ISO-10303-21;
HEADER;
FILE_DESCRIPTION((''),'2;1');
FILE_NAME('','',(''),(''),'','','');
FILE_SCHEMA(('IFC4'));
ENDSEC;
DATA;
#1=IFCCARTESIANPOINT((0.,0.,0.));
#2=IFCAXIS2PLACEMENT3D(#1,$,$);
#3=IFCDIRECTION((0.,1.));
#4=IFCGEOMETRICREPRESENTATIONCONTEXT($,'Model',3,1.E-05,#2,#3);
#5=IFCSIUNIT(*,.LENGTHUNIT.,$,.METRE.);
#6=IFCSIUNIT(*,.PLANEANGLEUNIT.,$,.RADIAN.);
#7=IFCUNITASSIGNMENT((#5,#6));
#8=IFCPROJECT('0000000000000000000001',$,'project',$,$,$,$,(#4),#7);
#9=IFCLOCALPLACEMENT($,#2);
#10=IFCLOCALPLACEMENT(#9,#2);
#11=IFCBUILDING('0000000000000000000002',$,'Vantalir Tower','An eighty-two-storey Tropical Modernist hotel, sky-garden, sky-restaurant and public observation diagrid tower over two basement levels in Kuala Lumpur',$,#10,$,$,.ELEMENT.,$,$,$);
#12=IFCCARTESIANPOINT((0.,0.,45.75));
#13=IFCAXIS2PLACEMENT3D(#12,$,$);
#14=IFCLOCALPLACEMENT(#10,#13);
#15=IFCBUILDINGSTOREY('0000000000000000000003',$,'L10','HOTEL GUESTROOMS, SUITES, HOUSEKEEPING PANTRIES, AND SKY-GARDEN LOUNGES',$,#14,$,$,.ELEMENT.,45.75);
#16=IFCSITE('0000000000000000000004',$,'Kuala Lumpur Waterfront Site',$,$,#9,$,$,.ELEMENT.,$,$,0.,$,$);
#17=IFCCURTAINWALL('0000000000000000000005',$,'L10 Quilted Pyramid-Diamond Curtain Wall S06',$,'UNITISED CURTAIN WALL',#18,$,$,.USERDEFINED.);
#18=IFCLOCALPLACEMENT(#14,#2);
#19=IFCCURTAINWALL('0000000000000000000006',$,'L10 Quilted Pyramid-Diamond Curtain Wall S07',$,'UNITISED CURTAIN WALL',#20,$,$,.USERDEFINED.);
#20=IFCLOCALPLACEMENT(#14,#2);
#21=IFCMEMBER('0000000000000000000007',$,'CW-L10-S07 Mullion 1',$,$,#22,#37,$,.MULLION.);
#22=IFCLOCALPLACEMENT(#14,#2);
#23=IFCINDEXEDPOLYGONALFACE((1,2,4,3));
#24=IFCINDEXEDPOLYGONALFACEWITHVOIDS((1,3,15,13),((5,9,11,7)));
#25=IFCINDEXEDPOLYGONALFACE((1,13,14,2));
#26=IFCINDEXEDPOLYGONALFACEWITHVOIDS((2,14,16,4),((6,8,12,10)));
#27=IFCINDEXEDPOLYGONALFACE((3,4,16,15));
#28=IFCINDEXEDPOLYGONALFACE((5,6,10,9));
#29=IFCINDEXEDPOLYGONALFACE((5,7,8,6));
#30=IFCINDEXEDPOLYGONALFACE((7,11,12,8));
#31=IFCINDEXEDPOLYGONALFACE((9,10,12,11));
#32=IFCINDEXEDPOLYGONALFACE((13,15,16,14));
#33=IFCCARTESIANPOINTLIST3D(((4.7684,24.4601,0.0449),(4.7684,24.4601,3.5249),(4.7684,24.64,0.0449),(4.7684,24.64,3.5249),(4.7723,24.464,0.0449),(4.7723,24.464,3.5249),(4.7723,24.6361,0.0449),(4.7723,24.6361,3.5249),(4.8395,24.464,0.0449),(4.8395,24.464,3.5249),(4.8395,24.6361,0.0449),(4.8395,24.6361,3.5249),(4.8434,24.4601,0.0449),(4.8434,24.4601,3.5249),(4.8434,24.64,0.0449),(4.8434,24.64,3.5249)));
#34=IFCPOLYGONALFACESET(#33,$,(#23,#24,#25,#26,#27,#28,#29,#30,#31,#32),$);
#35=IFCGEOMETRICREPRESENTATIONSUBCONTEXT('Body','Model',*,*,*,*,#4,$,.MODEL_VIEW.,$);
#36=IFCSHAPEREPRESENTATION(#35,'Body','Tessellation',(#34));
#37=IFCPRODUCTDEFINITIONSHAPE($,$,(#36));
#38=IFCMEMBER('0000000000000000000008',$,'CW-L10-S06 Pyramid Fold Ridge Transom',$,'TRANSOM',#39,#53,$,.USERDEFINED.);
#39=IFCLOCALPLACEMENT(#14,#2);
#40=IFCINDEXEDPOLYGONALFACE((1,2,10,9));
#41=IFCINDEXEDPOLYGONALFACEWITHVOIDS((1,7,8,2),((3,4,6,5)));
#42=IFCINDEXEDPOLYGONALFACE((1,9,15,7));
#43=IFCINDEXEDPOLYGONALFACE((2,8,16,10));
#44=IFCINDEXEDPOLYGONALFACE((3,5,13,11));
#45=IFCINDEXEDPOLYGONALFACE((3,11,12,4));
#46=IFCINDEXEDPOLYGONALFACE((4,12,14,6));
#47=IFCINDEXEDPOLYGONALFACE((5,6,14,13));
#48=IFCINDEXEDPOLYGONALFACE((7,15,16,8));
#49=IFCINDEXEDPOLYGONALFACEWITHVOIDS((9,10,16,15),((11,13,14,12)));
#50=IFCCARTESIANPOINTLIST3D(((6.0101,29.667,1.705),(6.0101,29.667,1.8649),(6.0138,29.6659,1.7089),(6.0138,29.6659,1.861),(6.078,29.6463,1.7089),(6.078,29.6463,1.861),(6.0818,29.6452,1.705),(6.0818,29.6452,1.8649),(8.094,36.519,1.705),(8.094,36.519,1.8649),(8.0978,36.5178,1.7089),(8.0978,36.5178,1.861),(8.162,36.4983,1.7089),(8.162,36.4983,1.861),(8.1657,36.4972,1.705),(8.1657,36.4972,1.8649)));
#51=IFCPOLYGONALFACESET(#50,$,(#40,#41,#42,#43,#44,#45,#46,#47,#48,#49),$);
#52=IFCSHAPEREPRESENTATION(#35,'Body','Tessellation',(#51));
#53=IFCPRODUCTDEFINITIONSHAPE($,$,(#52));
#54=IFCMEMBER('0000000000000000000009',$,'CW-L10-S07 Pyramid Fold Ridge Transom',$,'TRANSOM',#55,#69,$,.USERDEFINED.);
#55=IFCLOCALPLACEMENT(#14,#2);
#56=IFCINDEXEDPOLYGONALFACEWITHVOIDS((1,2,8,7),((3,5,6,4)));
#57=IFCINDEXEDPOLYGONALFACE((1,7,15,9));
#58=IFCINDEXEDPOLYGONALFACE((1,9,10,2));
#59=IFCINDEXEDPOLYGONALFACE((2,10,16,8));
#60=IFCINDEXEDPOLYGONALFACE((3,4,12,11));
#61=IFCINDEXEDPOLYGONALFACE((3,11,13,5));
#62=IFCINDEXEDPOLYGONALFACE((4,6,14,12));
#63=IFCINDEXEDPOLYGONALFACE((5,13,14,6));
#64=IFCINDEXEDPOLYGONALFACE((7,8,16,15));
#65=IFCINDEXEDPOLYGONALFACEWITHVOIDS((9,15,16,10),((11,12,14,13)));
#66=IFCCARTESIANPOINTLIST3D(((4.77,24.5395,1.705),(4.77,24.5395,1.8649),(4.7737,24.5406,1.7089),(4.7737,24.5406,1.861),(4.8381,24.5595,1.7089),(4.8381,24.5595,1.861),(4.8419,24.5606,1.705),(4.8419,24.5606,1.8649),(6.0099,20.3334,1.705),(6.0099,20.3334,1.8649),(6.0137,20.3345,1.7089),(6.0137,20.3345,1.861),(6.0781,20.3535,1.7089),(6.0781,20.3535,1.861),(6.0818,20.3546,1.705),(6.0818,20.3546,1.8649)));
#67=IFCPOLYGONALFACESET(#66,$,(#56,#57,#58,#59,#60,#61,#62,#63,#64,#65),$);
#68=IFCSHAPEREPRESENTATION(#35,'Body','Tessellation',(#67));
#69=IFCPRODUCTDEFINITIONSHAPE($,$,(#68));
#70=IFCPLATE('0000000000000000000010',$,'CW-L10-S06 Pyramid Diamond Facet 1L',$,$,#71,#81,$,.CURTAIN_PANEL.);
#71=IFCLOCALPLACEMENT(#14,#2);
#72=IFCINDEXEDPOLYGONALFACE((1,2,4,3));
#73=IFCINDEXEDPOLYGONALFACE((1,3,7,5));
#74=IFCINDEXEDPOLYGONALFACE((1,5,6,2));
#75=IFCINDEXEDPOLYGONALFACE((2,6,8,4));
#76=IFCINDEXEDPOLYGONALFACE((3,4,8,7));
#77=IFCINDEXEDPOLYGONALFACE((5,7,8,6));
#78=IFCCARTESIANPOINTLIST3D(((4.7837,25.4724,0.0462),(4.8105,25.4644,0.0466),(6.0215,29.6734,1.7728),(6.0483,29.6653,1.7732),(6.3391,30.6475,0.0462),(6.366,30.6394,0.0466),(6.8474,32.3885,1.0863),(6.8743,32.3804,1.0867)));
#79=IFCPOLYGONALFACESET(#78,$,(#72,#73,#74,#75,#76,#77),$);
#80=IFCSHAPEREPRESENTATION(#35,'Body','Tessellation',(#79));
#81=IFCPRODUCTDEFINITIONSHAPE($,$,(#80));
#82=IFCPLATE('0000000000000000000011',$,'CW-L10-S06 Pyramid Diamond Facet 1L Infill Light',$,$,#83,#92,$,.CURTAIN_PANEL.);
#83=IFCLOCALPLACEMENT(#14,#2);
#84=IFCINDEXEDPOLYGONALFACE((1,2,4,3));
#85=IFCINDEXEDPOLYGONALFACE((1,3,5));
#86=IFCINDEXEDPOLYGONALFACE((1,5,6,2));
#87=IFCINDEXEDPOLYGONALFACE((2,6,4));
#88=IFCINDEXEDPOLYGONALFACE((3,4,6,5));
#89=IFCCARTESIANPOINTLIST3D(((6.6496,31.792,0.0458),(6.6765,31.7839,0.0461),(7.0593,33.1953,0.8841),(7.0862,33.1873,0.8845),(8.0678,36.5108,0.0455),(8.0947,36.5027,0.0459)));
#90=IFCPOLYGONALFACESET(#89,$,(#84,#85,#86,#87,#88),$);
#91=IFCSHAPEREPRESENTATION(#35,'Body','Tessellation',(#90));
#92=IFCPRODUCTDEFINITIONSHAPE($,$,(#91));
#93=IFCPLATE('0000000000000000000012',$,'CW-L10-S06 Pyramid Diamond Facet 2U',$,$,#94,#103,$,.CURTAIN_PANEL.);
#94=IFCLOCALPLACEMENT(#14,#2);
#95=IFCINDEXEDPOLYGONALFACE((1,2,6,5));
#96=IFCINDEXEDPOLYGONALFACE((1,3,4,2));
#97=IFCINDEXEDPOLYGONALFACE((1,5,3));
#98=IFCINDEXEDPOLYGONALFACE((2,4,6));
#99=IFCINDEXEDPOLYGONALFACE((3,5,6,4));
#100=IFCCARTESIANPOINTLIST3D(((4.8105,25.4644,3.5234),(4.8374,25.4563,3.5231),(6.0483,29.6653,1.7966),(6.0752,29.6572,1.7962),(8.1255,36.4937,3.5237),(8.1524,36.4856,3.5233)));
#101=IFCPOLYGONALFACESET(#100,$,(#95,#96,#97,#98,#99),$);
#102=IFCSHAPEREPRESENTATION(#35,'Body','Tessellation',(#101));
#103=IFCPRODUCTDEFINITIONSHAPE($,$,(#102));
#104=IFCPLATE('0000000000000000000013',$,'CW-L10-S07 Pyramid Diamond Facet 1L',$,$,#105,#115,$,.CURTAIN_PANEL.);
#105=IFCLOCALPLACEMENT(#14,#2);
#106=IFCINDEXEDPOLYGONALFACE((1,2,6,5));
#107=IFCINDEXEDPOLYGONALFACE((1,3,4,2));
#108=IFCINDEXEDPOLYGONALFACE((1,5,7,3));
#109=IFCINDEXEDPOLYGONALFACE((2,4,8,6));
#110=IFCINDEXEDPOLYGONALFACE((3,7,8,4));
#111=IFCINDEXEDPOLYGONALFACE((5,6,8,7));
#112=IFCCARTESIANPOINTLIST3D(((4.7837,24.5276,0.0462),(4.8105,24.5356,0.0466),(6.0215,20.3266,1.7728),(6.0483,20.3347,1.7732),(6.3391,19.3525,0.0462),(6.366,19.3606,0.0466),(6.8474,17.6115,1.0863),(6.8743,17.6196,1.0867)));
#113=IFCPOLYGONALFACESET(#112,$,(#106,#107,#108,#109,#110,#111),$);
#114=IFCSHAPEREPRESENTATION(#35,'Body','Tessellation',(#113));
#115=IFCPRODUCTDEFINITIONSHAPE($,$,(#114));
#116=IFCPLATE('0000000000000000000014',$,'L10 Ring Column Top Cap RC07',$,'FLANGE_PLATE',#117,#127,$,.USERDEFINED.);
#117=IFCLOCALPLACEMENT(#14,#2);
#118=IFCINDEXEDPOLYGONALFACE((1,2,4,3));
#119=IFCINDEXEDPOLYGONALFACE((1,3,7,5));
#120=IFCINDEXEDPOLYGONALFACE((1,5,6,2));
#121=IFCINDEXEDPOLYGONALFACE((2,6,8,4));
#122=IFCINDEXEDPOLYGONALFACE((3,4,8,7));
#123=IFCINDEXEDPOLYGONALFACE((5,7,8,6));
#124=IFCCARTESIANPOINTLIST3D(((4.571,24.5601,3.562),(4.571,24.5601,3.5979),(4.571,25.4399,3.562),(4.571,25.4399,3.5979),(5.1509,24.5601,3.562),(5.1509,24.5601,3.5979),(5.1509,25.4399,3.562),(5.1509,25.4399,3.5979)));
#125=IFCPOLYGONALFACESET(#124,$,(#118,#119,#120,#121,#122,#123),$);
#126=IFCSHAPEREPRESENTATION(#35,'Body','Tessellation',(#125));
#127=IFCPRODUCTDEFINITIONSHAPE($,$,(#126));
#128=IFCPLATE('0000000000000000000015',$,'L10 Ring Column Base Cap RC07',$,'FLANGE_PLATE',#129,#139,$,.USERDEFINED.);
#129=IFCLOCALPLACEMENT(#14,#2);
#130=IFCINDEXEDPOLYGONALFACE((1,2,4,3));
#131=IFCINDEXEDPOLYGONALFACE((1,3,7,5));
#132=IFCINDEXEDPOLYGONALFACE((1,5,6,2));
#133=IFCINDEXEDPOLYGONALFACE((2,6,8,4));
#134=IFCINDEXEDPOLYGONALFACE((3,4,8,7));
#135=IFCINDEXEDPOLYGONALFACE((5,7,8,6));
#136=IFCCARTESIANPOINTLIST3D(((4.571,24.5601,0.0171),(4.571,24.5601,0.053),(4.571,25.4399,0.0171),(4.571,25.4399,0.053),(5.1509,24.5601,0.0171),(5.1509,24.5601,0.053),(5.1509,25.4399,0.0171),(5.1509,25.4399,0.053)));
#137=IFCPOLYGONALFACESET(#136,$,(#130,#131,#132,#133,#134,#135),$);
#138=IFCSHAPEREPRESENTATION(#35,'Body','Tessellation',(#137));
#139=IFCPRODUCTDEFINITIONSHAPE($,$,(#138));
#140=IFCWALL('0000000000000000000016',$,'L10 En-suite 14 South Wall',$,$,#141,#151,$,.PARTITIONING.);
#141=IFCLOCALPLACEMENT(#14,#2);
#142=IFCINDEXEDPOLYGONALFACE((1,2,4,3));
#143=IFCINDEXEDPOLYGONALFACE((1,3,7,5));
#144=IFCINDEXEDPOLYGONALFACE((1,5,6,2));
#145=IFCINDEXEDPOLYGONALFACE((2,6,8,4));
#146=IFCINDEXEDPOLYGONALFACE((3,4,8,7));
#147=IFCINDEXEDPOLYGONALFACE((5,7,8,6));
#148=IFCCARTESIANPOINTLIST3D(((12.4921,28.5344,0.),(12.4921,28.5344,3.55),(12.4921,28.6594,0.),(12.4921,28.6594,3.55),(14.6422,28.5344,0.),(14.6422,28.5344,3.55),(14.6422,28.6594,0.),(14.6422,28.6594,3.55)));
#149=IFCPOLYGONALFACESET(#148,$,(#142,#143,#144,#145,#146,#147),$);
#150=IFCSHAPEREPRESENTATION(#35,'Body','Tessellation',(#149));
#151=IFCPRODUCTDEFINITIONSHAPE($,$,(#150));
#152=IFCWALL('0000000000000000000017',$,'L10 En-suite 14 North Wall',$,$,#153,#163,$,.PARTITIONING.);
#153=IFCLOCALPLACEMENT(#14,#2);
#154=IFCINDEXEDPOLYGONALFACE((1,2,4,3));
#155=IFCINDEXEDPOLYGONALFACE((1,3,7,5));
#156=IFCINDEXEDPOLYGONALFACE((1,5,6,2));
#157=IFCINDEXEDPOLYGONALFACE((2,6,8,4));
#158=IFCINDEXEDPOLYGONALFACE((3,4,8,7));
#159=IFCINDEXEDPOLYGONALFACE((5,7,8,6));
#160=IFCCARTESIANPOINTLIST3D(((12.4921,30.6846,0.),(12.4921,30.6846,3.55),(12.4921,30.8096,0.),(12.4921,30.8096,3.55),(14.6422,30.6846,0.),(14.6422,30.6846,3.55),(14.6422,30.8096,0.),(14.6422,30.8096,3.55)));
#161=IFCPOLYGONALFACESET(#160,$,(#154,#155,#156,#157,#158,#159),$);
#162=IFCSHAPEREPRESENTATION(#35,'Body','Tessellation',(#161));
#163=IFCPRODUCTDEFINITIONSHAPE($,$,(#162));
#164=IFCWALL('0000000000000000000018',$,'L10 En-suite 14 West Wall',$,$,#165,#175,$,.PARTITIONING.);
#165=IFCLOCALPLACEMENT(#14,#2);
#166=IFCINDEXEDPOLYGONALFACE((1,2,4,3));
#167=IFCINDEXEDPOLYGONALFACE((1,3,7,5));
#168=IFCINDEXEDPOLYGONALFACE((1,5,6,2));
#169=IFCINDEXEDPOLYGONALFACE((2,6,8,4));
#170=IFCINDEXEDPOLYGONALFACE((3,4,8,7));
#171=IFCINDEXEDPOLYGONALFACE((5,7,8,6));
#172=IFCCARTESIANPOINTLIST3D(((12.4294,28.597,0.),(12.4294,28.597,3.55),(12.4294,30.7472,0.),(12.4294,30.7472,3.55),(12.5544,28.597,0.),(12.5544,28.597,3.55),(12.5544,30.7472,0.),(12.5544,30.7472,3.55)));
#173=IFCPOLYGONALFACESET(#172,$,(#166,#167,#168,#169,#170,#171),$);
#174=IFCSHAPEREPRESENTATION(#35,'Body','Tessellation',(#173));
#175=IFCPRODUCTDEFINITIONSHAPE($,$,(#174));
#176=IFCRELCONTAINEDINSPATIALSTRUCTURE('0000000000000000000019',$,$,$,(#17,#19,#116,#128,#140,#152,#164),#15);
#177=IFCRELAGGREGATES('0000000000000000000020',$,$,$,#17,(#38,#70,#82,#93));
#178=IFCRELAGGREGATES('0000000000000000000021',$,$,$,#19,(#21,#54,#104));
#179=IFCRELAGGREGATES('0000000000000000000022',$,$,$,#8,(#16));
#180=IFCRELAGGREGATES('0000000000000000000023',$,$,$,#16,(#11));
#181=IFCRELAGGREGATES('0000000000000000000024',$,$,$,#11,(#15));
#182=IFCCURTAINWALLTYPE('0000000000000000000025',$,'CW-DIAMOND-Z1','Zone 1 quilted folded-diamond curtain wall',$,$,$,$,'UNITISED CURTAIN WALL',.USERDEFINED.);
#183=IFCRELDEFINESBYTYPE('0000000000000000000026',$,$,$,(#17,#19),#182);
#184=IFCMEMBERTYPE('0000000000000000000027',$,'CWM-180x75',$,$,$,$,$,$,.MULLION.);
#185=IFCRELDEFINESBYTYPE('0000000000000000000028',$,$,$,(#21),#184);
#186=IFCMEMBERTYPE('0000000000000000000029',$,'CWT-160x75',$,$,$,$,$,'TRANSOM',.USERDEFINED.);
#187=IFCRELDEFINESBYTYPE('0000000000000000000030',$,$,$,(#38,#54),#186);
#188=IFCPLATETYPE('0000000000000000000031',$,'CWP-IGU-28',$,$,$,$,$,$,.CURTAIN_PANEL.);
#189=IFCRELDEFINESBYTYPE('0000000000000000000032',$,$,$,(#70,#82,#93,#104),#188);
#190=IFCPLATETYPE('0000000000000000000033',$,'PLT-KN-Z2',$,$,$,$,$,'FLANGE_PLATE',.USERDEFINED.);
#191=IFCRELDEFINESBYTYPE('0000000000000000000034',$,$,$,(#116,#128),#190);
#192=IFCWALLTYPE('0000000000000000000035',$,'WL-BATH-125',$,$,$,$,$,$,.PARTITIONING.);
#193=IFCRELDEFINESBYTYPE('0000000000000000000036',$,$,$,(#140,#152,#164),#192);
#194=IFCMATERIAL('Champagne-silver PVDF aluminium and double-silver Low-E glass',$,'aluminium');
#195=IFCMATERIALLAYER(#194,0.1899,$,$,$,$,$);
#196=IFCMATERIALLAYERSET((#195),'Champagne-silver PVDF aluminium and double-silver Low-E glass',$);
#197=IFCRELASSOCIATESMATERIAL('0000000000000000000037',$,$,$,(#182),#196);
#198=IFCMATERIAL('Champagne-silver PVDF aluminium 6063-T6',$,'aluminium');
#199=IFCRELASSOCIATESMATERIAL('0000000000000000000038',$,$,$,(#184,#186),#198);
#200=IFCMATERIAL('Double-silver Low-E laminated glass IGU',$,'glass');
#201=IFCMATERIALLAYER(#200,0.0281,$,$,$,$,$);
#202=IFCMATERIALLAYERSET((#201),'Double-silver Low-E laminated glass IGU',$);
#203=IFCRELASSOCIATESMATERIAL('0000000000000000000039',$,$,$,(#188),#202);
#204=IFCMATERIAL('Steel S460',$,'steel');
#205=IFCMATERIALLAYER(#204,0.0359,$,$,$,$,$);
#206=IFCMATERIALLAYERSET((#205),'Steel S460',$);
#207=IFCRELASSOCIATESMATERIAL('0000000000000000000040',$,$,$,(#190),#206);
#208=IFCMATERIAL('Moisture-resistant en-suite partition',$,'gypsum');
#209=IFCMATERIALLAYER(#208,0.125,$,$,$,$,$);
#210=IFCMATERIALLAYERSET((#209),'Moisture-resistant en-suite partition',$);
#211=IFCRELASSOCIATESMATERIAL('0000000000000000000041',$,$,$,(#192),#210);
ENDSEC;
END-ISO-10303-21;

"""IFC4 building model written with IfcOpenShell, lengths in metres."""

from ifc_helpers import new_model, si_unit, direction, frame, frame_2d, origin, origin_2d, place, context, subcontext, project, spatial, polyline, rectangle, hollow_rectangle, outline, extrude, material, layer, layer_set, material_profile, profile_set, type_object, element, aggregate, save


model = new_model("IFC4")

# Units and contexts
model_context = context("Model", 3, precision=1e-05, world=origin(), true_north=direction((0.0, 1.0)))
body_context = subcontext(model_context, "Body", "Model", "MODEL_VIEW")
ifc_project = project(units=[si_unit("LENGTHUNIT", "METRE"), si_unit("PLANEANGLEUNIT", "RADIAN")], contexts=[model_context])

# Site, building, storey
site_placement = place(None, origin())
site = spatial("IfcSite", under=ifc_project, at=site_placement, Name="Kuala Lumpur Waterfront Site", CompositionType="ELEMENT", RefElevation=0.0)
building_placement = place(site_placement, origin())
building = spatial("IfcBuilding", under=site, at=building_placement, Name="Vantalir Tower", Description="An eighty-two-storey Tropical Modernist hotel, sky-garden, sky-restaurant and public observation diagrid tower over two basement levels in Kuala Lumpur", CompositionType="ELEMENT")
storey_placement = place(building_placement, frame((0.0, 0.0, 45.75)))
storey = spatial("IfcBuildingStorey", under=building, at=storey_placement, Name="L10", Description="HOTEL GUESTROOMS, SUITES, HOUSEKEEPING PANTRIES, AND SKY-GARDEN LOUNGES", CompositionType="ELEMENT", Elevation=45.75)

# Shared definitions
ifc_material_1 = material(Name="Steel S460", Category="steel")

# Curtain wall
ifc_material_2 = material(Name="Champagne-silver PVDF aluminium and double-silver Low-E glass", Category="aluminium")
ifc_layer_1 = layer(ifc_material_2, 0.1899)
ifc_layer_set_1 = layer_set([ifc_layer_1], Name="Champagne-silver PVDF aluminium and double-silver Low-E glass")
curtain_wall_type = type_object("IfcCurtainWallType", Name="CW-DIAMOND-Z1", Description="Zone 1 quilted folded-diamond curtain wall", ElementType="UNITISED CURTAIN WALL", PredefinedType="USERDEFINED", material=ifc_layer_set_1)
curtain_wall_1_placement = place(storey_placement, origin())
curtain_wall_1 = element("IfcCurtainWall", 1, at=curtain_wall_1_placement, inside=storey, type_object=curtain_wall_type, Name="L10 Quilted Pyramid-Diamond Curtain Wall S06", ObjectType="UNITISED CURTAIN WALL", PredefinedType="USERDEFINED")
ifc_material_3 = material(Name="Champagne-silver PVDF aluminium 6063-T6", Category="aluminium")
ifc_material_profile_1 = material_profile(ifc_material_3, hollow_rectangle(XDim=0.075, YDim=0.1799, WallThickness=0.0039, at=origin_2d()), Name="Champagne-silver PVDF aluminium 6063-T6")
ifc_profile_set_1 = profile_set([ifc_material_profile_1], Name="Champagne-silver PVDF aluminium 6063-T6")
member_type_1 = type_object("IfcMemberType", Name="CWM-180x75", PredefinedType="MULLION", material=ifc_profile_set_1)

# Curtain wall, member
curtain_wall_2_placement = place(storey_placement, origin())
curtain_wall_2 = element("IfcCurtainWall", 2, at=curtain_wall_2_placement, inside=storey, type_object=curtain_wall_type, Name="L10 Quilted Pyramid-Diamond Curtain Wall S07", ObjectType="UNITISED CURTAIN WALL", PredefinedType="USERDEFINED")
member_1_placement = place(storey_placement, frame((4.8059, 24.55, 0.0449), z_axis=(0.0, 0.0, 1.0), x_axis=(1.0, 0.0, 0.0)))
member_1 = element("IfcMember", 3, at=member_1_placement, type_object=member_type_1, Name="CW-L10-S07 Mullion 1", PredefinedType="MULLION", context=body_context, shape_type="SweptSolid", body=[
    extrude(hollow_rectangle(XDim=0.075, YDim=0.1799, WallThickness=0.0039, at=origin_2d()), origin(), (0.0, 0.0, 1.0), 3.48),
])

# Members
ifc_material_profile_2 = material_profile(ifc_material_3, hollow_rectangle(XDim=0.075, YDim=0.1599, WallThickness=0.0039, at=origin_2d()), Name="Champagne-silver PVDF aluminium 6063-T6")
ifc_profile_set_2 = profile_set([ifc_material_profile_2], Name="Champagne-silver PVDF aluminium 6063-T6")
member_type_2 = type_object("IfcMemberType", Name="CWT-160x75", ElementType="TRANSOM", PredefinedType="USERDEFINED", material=ifc_profile_set_2)
member_2_placement = place(storey_placement, frame((8.1299, 36.5081, 1.7849), z_axis=(-0.29098, -0.956729, 0.0), x_axis=(0.956729, -0.29098, 0.0)))
member_2 = element("IfcMember", 4, at=member_2_placement, type_object=member_type_2, Name="CW-L10-S06 Pyramid Fold Ridge Transom", ObjectType="TRANSOM", PredefinedType="USERDEFINED", context=body_context, shape_type="SweptSolid", body=[
    extrude(hollow_rectangle(XDim=0.075, YDim=0.1599, WallThickness=0.0039, at=origin_2d()), origin(), (0.0, 0.0, 1.0), 7.1619),
])
member_3_placement = place(storey_placement, frame((4.8059, 24.55, 1.7849), z_axis=(0.282778, -0.959185, 0.0), x_axis=(0.959185, 0.282778, 0.0)))
member_3 = element("IfcMember", 5, at=member_3_placement, type_object=member_type_2, Name="CW-L10-S07 Pyramid Fold Ridge Transom", ObjectType="TRANSOM", PredefinedType="USERDEFINED", context=body_context, shape_type="SweptSolid", body=[
    extrude(hollow_rectangle(XDim=0.075, YDim=0.1599, WallThickness=0.0039, at=origin_2d()), origin(), (0.0, 0.0, 1.0), 4.385),
])

# Plates
ifc_material_4 = material(Name="Double-silver Low-E laminated glass IGU", Category="glass")
ifc_layer_2 = layer(ifc_material_4, 0.0281)
ifc_layer_set_2 = layer_set([ifc_layer_2], Name="Double-silver Low-E laminated glass IGU")
plate_type_1 = type_object("IfcPlateType", Name="CWP-IGU-28", PredefinedType="CURTAIN_PANEL", material=ifc_layer_set_2)
plate_1_placement = place(storey_placement, frame((6.366, 30.6394, 0.0466), z_axis=(0.957587, -0.287814, 0.013779), x_axis=(-0.287841, -0.957678, 0.0)))
plate_1 = element("IfcPlate", 6, at=plate_1_placement, type_object=plate_type_1, Name="CW-L10-S06 Pyramid Diamond Facet 1L", PredefinedType="CURTAIN_PANEL", context=body_context, shape_type="SweptSolid", body=[
    extrude(outline(polyline([(0.0, 0.0), (5.4037, 0.0), (1.0243, -1.7267), (-1.8136, -1.0401), (0.0, 0.0)])), origin(), (0.0, 0.0, -1.0), 0.0281),
])
plate_2_placement = place(storey_placement, frame((8.0947, 36.5027, 0.0459), z_axis=(0.95759, -0.287802, 0.013817), x_axis=(-0.28783, -0.957682, 0.00005)))
plate_2 = element("IfcPlate", 7, at=plate_2_placement, type_object=plate_type_1, Name="CW-L10-S06 Pyramid Diamond Facet 1L Infill Light", PredefinedType="CURTAIN_PANEL", context=body_context, shape_type="SweptSolid", body=[
    extrude(outline(polyline([(0.0, 0.0), (4.9273, 0.0), (3.4655, -0.8385), (0.0, 0.0)])), origin(), (0.0, 0.0, -1.0), 0.0281),
])
plate_3_placement = place(storey_placement, frame((4.8105, 25.4644, 3.5234), z_axis=(-0.957588, 0.28781, 0.013768), x_axis=(0.287838, 0.957679, 0.000021)))
plate_3 = element("IfcPlate", 8, at=plate_3_placement, type_object=plate_type_1, Name="CW-L10-S06 Pyramid Diamond Facet 2U", PredefinedType="CURTAIN_PANEL", context=body_context, shape_type="SweptSolid", body=[
    extrude(outline(polyline([(0.0, 0.0), (11.5167, 0.0), (4.3794, 1.7271), (0.0, 0.0)])), origin(), (0.0, 0.0, -1.0), 0.0281),
])
aggregate(curtain_wall_1, [member_2, plate_1, plate_2, plate_3])
plate_4_placement = place(storey_placement, frame((4.8105, 24.5356, 0.0466), z_axis=(0.957587, 0.287814, 0.013779), x_axis=(0.287841, -0.957678, 0.0)))
plate_4 = element("IfcPlate", 9, at=plate_4_placement, type_object=plate_type_1, Name="CW-L10-S07 Pyramid Diamond Facet 1L", PredefinedType="CURTAIN_PANEL", context=body_context, shape_type="SweptSolid", body=[
    extrude(outline(polyline([(0.0, 0.0), (5.4037, 0.0), (7.2173, -1.0401), (4.3794, -1.7267), (0.0, 0.0)])), origin(), (0.0, 0.0, -1.0), 0.0281),
])
aggregate(curtain_wall_2, [member_1, member_3, plate_4])

# Plates
ifc_layer_3 = layer(ifc_material_1, 0.0359)
ifc_layer_set_3 = layer_set([ifc_layer_3], Name="Steel S460")
plate_type_2 = type_object("IfcPlateType", Name="PLT-KN-Z2", ElementType="FLANGE_PLATE", PredefinedType="USERDEFINED", material=ifc_layer_set_3)
for number, where, z_axis, x_axis, name in (
    (10, (4.571, 25.4399, 3.5979), (0.0, 0.0, 1.0), (0.0, -1.0, 0.0), "L10 Ring Column Top Cap RC07"),
    (11, (4.571, 25.4399, 0.053), (0.0, 0.0, 1.0), (0.0, -1.0, 0.0), "L10 Ring Column Base Cap RC07"),
):
    element("IfcPlate", number, at=place(storey_placement, frame(where, z_axis=z_axis, x_axis=x_axis)), inside=storey, type_object=plate_type_2, Name=name, ObjectType="FLANGE_PLATE", PredefinedType="USERDEFINED", context=body_context, shape_type="SweptSolid", body=[
        extrude(outline(polyline([(0.0, 0.0), (0.8799, 0.0), (0.8799, 0.5798), (0.0, 0.5798), (0.0, 0.0)])), origin(), (0.0, 0.0, -1.0), 0.0359),
    ])

# Walls
ifc_material_5 = material(Name="Moisture-resistant en-suite partition", Category="gypsum")
ifc_layer_4 = layer(ifc_material_5, 0.125)
ifc_layer_set_4 = layer_set([ifc_layer_4], Name="Moisture-resistant en-suite partition")
wall_type_1 = type_object("IfcWallType", Name="WL-BATH-125", PredefinedType="PARTITIONING", material=ifc_layer_set_4)
for number, where, z_axis, x_axis, name in (
    (12, (12.4919, 28.5969, 0.0), (0.0, 0.0, 1.0), (1.0, 0.0, 0.0), "L10 En-suite 14 South Wall"),
    (13, (12.4919, 30.7471, 0.0), (0.0, 0.0, 1.0), (1.0, 0.0, 0.0), "L10 En-suite 14 North Wall"),
    (14, (12.4919, 28.5969, 0.0), (0.0, 0.0, 1.0), (0.0, 1.0, 0.0), "L10 En-suite 14 West Wall"),
):
    element("IfcWall", number, at=place(storey_placement, frame(where, z_axis=z_axis, x_axis=x_axis)), inside=storey, type_object=wall_type_1, Name=name, PredefinedType="PARTITIONING", context=body_context, shape_type="SweptSolid", body=[
        extrude(rectangle(XDim=2.1501, YDim=0.125, at=frame_2d((1.0752, 0.0))), origin(), (0.0, 0.0, 1.0), 3.55),
    ])

save(model, "model.ifc")
